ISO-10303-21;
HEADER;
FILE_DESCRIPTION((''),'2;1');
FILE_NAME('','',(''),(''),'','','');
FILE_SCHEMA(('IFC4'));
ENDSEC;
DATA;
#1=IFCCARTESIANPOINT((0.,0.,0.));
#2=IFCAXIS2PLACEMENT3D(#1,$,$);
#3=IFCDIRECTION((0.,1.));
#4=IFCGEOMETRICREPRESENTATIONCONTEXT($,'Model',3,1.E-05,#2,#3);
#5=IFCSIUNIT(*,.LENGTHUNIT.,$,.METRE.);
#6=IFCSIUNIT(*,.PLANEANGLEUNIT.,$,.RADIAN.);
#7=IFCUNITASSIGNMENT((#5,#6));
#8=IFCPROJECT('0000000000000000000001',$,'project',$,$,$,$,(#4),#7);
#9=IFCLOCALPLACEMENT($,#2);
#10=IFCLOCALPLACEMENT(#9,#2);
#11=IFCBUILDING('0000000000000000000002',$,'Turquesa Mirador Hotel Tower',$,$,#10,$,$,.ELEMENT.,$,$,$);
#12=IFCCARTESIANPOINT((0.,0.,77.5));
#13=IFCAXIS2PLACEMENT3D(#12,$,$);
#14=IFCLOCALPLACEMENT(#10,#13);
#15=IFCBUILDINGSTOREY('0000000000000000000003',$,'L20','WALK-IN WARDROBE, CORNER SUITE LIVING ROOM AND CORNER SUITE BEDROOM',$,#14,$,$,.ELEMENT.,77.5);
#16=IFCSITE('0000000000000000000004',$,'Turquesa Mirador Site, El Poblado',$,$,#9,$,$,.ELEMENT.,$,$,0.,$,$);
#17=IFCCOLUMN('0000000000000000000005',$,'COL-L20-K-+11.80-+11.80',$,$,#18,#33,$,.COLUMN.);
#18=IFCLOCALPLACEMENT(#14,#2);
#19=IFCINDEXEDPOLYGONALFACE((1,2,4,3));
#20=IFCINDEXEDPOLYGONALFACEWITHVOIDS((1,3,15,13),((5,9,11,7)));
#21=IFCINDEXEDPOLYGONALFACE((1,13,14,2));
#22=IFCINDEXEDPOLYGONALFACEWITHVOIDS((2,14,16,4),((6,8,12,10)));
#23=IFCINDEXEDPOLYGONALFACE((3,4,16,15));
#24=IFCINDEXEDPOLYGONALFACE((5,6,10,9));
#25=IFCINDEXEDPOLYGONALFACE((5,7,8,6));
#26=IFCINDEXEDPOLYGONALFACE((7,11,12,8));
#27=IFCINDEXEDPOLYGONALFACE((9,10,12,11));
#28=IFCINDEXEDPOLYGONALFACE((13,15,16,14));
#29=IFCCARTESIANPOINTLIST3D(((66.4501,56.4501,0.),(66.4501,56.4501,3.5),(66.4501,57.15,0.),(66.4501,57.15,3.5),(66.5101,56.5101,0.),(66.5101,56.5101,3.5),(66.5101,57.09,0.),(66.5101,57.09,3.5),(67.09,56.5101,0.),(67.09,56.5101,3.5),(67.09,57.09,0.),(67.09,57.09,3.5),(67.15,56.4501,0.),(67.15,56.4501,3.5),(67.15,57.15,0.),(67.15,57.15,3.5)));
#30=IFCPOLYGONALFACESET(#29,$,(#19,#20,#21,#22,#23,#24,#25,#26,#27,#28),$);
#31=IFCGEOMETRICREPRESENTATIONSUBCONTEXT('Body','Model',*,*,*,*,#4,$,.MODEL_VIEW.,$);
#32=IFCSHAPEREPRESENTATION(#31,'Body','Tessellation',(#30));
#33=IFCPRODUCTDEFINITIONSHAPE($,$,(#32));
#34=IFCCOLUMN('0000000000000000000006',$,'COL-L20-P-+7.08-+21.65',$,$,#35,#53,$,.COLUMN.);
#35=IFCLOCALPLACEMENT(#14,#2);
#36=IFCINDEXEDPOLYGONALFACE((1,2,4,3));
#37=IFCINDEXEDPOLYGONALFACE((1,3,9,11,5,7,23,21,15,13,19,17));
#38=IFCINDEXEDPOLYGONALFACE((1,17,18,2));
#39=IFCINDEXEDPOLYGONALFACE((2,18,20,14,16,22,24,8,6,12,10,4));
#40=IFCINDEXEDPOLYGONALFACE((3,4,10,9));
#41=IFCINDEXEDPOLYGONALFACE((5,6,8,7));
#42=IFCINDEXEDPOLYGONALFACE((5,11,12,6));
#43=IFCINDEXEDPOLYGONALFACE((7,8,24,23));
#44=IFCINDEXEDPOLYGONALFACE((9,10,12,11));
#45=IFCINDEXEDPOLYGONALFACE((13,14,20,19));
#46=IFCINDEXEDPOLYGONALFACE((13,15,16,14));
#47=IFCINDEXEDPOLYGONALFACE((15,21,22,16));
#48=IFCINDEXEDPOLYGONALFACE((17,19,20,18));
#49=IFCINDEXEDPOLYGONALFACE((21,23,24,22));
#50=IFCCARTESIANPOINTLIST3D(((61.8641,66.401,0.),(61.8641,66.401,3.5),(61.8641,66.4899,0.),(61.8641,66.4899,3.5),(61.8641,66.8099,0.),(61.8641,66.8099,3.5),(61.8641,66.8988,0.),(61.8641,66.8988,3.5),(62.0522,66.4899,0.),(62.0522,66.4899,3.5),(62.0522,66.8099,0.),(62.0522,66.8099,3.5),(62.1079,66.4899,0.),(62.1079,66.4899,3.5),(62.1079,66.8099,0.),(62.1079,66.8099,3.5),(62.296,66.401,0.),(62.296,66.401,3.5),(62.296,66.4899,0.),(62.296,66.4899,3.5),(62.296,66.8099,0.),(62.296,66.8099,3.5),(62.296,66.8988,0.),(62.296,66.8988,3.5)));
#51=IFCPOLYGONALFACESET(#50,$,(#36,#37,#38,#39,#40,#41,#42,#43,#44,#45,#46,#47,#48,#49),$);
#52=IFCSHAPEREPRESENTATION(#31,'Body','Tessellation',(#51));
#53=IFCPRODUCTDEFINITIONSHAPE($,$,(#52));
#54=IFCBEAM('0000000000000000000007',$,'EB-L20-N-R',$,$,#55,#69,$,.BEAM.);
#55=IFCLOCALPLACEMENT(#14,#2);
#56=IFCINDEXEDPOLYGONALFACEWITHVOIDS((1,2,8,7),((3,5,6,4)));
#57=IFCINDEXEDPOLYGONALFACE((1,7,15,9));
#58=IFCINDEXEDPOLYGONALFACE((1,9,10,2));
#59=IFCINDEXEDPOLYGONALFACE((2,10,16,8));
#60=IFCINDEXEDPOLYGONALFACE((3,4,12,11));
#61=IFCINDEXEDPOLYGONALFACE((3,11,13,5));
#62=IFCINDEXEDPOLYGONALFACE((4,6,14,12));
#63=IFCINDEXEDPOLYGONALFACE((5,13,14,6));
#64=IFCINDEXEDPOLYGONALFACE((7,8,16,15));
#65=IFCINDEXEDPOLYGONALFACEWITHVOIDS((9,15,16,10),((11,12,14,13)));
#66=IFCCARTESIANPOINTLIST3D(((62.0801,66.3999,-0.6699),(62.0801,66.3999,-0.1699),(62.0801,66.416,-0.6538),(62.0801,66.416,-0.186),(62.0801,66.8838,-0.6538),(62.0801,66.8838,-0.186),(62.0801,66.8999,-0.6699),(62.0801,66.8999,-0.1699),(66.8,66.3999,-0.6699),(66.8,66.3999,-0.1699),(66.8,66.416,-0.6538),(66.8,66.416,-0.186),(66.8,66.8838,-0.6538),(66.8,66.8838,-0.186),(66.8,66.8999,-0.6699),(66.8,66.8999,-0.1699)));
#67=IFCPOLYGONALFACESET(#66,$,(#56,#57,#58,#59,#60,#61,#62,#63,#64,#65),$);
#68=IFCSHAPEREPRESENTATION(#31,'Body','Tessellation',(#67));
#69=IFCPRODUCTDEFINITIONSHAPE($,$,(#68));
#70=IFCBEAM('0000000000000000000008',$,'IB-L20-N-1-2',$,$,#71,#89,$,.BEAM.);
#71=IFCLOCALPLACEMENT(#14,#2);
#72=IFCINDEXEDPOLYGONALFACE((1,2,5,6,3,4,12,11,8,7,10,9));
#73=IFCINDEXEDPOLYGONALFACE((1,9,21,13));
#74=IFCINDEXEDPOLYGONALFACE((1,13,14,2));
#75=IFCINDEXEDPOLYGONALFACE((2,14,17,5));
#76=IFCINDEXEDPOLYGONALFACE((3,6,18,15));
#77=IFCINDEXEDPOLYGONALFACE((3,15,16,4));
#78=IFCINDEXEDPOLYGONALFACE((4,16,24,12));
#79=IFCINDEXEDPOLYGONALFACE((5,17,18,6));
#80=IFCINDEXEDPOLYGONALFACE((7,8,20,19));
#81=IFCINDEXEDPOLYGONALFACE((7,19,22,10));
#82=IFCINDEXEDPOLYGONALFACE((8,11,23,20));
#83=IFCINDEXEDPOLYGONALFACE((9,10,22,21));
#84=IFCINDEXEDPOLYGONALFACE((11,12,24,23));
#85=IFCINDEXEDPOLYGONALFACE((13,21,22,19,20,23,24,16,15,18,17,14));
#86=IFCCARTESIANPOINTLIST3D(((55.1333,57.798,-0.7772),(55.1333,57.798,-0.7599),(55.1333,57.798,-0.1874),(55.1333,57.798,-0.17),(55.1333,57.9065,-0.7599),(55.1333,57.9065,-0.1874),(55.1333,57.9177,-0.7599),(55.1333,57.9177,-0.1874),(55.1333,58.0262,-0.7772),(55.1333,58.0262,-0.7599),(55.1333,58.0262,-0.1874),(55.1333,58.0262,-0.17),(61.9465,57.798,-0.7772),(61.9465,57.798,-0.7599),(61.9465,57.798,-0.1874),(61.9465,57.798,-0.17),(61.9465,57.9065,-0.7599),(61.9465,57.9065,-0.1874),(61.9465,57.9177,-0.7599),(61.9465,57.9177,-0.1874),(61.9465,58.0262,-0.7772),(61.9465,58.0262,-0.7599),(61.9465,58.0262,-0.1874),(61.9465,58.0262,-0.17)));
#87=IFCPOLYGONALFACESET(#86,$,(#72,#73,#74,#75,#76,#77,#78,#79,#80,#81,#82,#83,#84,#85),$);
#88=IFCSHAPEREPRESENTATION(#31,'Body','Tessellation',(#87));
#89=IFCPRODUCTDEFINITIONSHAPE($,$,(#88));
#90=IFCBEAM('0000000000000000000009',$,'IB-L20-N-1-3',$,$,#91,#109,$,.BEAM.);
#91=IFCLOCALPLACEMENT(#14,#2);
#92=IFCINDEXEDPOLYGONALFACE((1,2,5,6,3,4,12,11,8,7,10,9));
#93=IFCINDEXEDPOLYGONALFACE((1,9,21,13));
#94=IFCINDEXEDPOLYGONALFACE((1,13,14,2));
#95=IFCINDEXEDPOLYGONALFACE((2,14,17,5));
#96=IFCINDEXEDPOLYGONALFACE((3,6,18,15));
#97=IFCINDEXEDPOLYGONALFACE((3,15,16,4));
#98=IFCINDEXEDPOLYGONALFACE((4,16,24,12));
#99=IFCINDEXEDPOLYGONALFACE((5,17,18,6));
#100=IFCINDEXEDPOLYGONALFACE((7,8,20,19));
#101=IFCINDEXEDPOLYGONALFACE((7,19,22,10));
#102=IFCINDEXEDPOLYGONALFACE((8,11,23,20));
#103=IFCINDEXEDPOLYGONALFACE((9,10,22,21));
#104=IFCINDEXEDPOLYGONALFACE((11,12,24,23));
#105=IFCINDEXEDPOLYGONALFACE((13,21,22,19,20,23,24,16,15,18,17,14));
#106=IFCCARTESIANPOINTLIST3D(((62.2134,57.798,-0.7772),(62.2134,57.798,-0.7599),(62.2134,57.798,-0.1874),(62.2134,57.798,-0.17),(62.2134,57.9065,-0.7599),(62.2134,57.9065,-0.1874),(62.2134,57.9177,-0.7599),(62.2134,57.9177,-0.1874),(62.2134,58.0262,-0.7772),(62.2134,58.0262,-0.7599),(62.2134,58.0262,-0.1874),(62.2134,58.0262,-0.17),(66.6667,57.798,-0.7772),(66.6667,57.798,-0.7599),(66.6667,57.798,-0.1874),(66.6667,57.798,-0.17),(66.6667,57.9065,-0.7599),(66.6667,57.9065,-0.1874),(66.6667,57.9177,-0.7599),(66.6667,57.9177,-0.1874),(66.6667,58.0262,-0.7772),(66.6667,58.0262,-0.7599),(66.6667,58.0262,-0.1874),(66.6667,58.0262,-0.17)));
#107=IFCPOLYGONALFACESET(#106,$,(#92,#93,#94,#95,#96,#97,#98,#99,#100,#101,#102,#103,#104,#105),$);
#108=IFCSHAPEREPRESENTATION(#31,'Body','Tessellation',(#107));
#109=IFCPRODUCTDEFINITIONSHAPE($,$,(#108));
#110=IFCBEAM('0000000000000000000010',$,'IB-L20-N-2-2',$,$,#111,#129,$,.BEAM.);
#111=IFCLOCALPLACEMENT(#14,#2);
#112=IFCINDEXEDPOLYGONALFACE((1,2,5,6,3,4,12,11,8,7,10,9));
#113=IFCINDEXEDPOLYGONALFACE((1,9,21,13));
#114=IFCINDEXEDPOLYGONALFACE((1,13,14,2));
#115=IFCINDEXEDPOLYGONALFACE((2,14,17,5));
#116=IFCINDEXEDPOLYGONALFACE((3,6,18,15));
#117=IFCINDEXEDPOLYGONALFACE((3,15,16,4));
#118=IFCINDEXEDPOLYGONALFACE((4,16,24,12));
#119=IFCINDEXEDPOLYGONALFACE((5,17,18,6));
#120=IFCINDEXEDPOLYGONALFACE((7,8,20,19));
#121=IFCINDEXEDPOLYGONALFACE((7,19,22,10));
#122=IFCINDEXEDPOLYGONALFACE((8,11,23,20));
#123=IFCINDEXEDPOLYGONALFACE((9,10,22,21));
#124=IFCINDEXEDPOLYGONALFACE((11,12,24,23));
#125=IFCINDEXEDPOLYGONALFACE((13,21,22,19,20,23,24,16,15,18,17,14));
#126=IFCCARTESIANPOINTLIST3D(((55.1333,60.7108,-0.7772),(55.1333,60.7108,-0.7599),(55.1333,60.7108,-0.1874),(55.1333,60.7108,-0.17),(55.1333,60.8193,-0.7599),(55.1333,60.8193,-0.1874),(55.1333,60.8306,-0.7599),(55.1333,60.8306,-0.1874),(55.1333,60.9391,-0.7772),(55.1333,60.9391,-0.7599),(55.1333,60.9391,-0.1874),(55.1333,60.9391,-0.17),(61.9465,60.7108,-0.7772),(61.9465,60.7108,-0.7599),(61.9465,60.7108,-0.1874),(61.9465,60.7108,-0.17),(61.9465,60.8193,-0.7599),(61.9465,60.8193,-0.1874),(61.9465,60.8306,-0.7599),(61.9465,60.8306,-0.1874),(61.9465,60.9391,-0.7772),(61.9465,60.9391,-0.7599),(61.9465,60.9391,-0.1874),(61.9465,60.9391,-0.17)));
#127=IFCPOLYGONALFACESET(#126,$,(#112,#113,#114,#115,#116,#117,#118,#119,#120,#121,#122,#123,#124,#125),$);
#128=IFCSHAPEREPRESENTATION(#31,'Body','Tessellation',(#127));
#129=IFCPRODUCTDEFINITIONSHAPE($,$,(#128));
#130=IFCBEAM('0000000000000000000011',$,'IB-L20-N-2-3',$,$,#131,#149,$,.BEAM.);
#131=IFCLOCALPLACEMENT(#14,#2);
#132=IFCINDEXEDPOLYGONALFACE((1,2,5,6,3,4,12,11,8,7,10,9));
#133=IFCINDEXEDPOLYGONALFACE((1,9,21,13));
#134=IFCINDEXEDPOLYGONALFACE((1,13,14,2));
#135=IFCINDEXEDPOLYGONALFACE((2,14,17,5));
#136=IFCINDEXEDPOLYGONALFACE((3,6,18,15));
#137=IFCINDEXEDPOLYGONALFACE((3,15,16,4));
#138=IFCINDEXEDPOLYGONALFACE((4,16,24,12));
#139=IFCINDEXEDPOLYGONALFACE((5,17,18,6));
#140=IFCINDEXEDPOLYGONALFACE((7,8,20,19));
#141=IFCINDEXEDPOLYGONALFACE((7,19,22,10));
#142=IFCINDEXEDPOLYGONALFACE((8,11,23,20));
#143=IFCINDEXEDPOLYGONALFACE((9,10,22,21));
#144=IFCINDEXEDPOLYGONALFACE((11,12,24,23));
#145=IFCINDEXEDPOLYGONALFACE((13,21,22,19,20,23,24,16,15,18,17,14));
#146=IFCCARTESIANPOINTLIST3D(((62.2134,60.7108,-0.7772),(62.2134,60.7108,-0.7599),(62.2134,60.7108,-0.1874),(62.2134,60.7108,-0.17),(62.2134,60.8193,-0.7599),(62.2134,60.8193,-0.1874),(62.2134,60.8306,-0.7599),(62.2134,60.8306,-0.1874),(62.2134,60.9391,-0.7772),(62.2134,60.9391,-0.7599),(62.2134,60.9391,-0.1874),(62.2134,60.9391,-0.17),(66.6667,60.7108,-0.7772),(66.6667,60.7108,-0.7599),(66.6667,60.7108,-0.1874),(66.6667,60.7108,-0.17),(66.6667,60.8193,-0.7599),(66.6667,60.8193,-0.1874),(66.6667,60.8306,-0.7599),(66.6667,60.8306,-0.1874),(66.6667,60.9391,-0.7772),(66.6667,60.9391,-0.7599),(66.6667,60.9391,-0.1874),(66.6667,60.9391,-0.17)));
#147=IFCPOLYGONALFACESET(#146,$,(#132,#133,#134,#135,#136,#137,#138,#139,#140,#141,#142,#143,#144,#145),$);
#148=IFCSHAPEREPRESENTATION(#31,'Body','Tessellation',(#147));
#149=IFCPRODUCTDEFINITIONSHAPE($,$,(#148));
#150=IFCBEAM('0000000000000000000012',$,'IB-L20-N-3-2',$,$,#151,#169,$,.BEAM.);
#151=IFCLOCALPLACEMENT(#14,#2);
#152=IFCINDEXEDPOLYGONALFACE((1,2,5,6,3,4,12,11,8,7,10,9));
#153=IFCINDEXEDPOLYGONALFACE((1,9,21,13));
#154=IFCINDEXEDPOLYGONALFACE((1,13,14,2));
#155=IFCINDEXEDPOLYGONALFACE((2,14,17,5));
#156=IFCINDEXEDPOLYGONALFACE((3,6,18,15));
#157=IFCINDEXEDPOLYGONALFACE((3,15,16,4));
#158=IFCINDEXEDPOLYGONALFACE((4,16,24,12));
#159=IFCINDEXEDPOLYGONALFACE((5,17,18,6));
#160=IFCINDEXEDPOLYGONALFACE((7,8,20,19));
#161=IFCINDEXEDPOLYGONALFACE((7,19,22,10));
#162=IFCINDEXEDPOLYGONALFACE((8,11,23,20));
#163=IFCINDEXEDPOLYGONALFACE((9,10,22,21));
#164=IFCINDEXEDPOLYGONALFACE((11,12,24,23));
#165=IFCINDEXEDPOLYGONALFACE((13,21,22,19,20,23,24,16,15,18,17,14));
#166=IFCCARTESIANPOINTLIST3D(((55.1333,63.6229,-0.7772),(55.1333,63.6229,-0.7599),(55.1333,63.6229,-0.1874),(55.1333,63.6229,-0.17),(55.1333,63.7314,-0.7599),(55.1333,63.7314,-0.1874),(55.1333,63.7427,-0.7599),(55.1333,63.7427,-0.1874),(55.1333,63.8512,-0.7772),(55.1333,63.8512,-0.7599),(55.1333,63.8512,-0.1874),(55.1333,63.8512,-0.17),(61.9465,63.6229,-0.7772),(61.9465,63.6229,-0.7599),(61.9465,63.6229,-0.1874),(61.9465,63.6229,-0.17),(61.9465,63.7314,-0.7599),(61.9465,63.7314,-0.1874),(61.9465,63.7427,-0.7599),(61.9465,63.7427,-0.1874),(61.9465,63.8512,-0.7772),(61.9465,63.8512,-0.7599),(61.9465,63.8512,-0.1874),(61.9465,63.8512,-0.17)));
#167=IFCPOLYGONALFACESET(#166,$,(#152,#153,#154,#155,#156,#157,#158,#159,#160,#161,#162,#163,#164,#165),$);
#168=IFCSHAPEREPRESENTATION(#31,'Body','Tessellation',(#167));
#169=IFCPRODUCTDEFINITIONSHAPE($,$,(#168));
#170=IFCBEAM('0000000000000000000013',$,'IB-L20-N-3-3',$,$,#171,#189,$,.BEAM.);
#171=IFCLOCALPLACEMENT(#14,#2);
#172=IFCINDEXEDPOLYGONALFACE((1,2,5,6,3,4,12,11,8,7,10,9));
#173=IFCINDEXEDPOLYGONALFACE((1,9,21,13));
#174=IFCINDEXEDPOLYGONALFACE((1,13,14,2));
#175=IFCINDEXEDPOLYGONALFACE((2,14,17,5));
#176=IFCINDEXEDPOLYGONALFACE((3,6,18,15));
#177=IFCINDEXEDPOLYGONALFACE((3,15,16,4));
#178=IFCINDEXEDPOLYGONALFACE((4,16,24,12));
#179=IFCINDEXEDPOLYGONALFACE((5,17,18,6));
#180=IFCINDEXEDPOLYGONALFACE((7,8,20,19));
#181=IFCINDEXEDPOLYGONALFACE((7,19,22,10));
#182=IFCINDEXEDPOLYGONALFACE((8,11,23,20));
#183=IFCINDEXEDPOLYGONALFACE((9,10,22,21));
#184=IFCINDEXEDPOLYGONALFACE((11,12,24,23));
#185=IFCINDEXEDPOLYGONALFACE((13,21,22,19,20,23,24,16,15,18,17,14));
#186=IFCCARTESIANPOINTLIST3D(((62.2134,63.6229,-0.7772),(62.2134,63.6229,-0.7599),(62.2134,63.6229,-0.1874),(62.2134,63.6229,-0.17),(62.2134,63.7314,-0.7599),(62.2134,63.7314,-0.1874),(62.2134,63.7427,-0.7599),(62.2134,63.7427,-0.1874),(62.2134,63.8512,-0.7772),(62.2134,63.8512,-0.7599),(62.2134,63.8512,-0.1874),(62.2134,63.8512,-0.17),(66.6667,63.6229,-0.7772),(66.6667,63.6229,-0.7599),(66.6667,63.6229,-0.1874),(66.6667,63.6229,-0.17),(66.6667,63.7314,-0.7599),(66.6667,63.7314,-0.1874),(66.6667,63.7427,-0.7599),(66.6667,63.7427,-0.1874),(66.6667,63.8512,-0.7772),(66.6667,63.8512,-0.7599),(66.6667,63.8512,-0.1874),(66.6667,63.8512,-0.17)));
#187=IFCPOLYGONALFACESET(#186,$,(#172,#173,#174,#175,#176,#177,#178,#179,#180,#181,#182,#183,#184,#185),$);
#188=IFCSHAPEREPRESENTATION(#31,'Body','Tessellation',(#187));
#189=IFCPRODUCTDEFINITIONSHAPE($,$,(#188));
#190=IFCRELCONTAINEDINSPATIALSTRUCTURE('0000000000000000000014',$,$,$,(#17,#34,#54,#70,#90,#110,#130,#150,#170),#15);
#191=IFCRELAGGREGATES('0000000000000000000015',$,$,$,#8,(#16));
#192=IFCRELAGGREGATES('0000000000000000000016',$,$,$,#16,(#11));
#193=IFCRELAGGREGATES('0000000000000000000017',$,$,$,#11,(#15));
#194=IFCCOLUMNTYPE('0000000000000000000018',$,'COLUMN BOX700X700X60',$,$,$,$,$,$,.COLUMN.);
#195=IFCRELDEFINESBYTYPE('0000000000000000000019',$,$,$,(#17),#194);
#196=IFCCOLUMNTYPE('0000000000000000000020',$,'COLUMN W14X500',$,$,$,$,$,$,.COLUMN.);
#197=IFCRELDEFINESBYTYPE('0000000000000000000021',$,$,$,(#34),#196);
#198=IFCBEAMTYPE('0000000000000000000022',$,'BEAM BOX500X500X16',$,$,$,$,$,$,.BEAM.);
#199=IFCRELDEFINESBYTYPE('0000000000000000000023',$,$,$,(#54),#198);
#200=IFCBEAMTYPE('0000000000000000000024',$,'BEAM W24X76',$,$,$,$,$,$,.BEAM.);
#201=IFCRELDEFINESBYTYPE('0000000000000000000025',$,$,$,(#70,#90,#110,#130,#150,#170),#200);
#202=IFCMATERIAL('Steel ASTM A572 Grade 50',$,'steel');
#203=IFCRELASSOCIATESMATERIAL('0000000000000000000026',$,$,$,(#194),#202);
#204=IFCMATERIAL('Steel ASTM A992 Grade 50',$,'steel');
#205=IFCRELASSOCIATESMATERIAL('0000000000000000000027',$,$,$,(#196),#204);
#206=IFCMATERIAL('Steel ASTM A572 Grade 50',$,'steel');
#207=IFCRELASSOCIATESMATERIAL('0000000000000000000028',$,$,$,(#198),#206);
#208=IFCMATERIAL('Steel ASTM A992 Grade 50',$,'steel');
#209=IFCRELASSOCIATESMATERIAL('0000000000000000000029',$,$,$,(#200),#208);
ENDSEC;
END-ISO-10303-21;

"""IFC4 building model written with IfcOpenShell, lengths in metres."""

from ifc_helpers import new_model, si_unit, direction, frame, origin, origin_2d, place, context, subcontext, project, spatial, hollow_rectangle, i_section, extrude, material, material_profile, profile_set, type_object, element, save


model = new_model("IFC4")

# Units and contexts
model_context = context("Model", 3, precision=1e-05, world=origin(), true_north=direction((0.0, 1.0)))
body_context = subcontext(model_context, "Body", "Model", "MODEL_VIEW")
ifc_project = project(units=[si_unit("LENGTHUNIT", "METRE"), si_unit("PLANEANGLEUNIT", "RADIAN")], contexts=[model_context])

# Site, building, storey
site_placement = place(None, origin())
site = spatial("IfcSite", under=ifc_project, at=site_placement, Name="Turquesa Mirador Site, El Poblado", CompositionType="ELEMENT", RefElevation=0.0)
building_placement = place(site_placement, origin())
building = spatial("IfcBuilding", under=site, at=building_placement, Name="Turquesa Mirador Hotel Tower", CompositionType="ELEMENT")
storey_placement = place(building_placement, frame((0.0, 0.0, 77.5)))
storey = spatial("IfcBuildingStorey", under=building, at=storey_placement, Name="L20", Description="WALK-IN WARDROBE, CORNER SUITE LIVING ROOM AND CORNER SUITE BEDROOM", CompositionType="ELEMENT", Elevation=77.5)

# Columns
ifc_material_1 = material(Name="Steel ASTM A572 Grade 50", Category="steel")
ifc_material_profile_1 = material_profile(ifc_material_1, hollow_rectangle(XDim=0.7, YDim=0.7, WallThickness=0.0601, at=origin_2d()), Name="BOX700X700X60")
ifc_profile_set_1 = profile_set([ifc_material_profile_1], Name="Steel ASTM A572 Grade 50")
column_type_1 = type_object("IfcColumnType", Name="COLUMN BOX700X700X60", PredefinedType="COLUMN", material=ifc_profile_set_1)
column_1_placement = place(storey_placement, frame((66.8, 56.8, 0.0), z_axis=(0.0, 0.0, 1.0), x_axis=(1.0, 0.0, 0.0)))
element("IfcColumn", 1, at=column_1_placement, inside=storey, type_object=column_type_1, Name="COL-L20-K-+11.80-+11.80", PredefinedType="COLUMN", context=body_context, shape_type="SweptSolid", body=[
    extrude(hollow_rectangle(XDim=0.7, YDim=0.7, WallThickness=0.0601, at=origin_2d()), origin(), (0.0, 0.0, 1.0), 3.5),
])
ifc_material_2 = material(Name="Steel ASTM A992 Grade 50", Category="steel")
ifc_material_profile_2 = material_profile(ifc_material_2, i_section(OverallWidth=0.4319, OverallDepth=0.4978, WebThickness=0.0557, FlangeThickness=0.0889, at=origin_2d()), Name="W14X500")
ifc_profile_set_2 = profile_set([ifc_material_profile_2], Name="Steel ASTM A992 Grade 50")
column_type_2 = type_object("IfcColumnType", Name="COLUMN W14X500", PredefinedType="COLUMN", material=ifc_profile_set_2)
column_2_placement = place(storey_placement, frame((62.0801, 66.6499, 0.0), z_axis=(0.0, 0.0, 1.0), x_axis=(1.0, 0.0, 0.0)))
element("IfcColumn", 2, at=column_2_placement, inside=storey, type_object=column_type_2, Name="COL-L20-P-+7.08-+21.65", PredefinedType="COLUMN", context=body_context, shape_type="SweptSolid", body=[
    extrude(i_section(OverallWidth=0.4319, OverallDepth=0.4978, WebThickness=0.0557, FlangeThickness=0.0889, at=origin_2d()), origin(), (0.0, 0.0, 1.0), 3.5),
])

# Beams
ifc_material_3 = material(Name="Steel ASTM A572 Grade 50", Category="steel")
ifc_material_profile_3 = material_profile(ifc_material_3, hollow_rectangle(XDim=0.5, YDim=0.5, WallThickness=0.0161, at=origin_2d()), Name="BOX500X500X16")
ifc_profile_set_3 = profile_set([ifc_material_profile_3], Name="Steel ASTM A572 Grade 50")
beam_type_1 = type_object("IfcBeamType", Name="BEAM BOX500X500X16", PredefinedType="BEAM", material=ifc_profile_set_3)
beam_1_placement = place(storey_placement, frame((62.0801, 66.6499, -0.4199), z_axis=(1.0, 0.0, 0.0), x_axis=(0.0, 1.0, 0.0)))
element("IfcBeam", 3, at=beam_1_placement, inside=storey, type_object=beam_type_1, Name="EB-L20-N-R", PredefinedType="BEAM", context=body_context, shape_type="SweptSolid", body=[
    extrude(hollow_rectangle(XDim=0.5, YDim=0.5, WallThickness=0.0161, at=origin_2d()), origin(), (0.0, 0.0, 1.0), 4.72),
])
ifc_material_4 = material(Name="Steel ASTM A992 Grade 50", Category="steel")
ifc_material_profile_4 = material_profile(ifc_material_4, i_section(OverallWidth=0.2283, OverallDepth=0.6072, WebThickness=0.0112, FlangeThickness=0.0173, at=origin_2d()), Name="W24X76")
ifc_profile_set_4 = profile_set([ifc_material_profile_4], Name="Steel ASTM A992 Grade 50")
beam_type_2 = type_object("IfcBeamType", Name="BEAM W24X76", PredefinedType="BEAM", material=ifc_profile_set_4)
beam_2_placement = place(storey_placement, frame((55.1333, 57.9121, -0.4736), z_axis=(1.0, 0.0, 0.0), x_axis=(0.0, 1.0, 0.0)))
element("IfcBeam", 4, at=beam_2_placement, inside=storey, type_object=beam_type_2, Name="IB-L20-N-1-2", PredefinedType="BEAM", context=body_context, shape_type="SweptSolid", body=[
    extrude(i_section(OverallWidth=0.2283, OverallDepth=0.6072, WebThickness=0.0112, FlangeThickness=0.0173, at=origin_2d()), origin(), (0.0, 0.0, 1.0), 6.8132),
])
beam_3_placement = place(storey_placement, frame((62.2134, 57.9121, -0.4736), z_axis=(1.0, 0.0, 0.0), x_axis=(0.0, 1.0, 0.0)))
element("IfcBeam", 5, at=beam_3_placement, inside=storey, type_object=beam_type_2, Name="IB-L20-N-1-3", PredefinedType="BEAM", context=body_context, shape_type="SweptSolid", body=[
    extrude(i_section(OverallWidth=0.2283, OverallDepth=0.6072, WebThickness=0.0112, FlangeThickness=0.0173, at=origin_2d()), origin(), (0.0, 0.0, 1.0), 4.4534),
])
beam_4_placement = place(storey_placement, frame((55.1333, 60.825, -0.4736), z_axis=(1.0, 0.0, 0.0), x_axis=(0.0, 1.0, 0.0)))
element("IfcBeam", 6, at=beam_4_placement, inside=storey, type_object=beam_type_2, Name="IB-L20-N-2-2", PredefinedType="BEAM", context=body_context, shape_type="SweptSolid", body=[
    extrude(i_section(OverallWidth=0.2283, OverallDepth=0.6072, WebThickness=0.0112, FlangeThickness=0.0173, at=origin_2d()), origin(), (0.0, 0.0, 1.0), 6.8132),
])
beam_5_placement = place(storey_placement, frame((62.2134, 60.825, -0.4736), z_axis=(1.0, 0.0, 0.0), x_axis=(0.0, 1.0, 0.0)))
element("IfcBeam", 7, at=beam_5_placement, inside=storey, type_object=beam_type_2, Name="IB-L20-N-2-3", PredefinedType="BEAM", context=body_context, shape_type="SweptSolid", body=[
    extrude(i_section(OverallWidth=0.2283, OverallDepth=0.6072, WebThickness=0.0112, FlangeThickness=0.0173, at=origin_2d()), origin(), (0.0, 0.0, 1.0), 4.4534),
])
beam_6_placement = place(storey_placement, frame((55.1333, 63.7371, -0.4736), z_axis=(1.0, 0.0, 0.0), x_axis=(0.0, 1.0, 0.0)))
element("IfcBeam", 8, at=beam_6_placement, inside=storey, type_object=beam_type_2, Name="IB-L20-N-3-2", PredefinedType="BEAM", context=body_context, shape_type="SweptSolid", body=[
    extrude(i_section(OverallWidth=0.2283, OverallDepth=0.6072, WebThickness=0.0112, FlangeThickness=0.0173, at=origin_2d()), origin(), (0.0, 0.0, 1.0), 6.8132),
])
beam_7_placement = place(storey_placement, frame((62.2134, 63.7371, -0.4736), z_axis=(1.0, 0.0, 0.0), x_axis=(0.0, 1.0, 0.0)))
element("IfcBeam", 9, at=beam_7_placement, inside=storey, type_object=beam_type_2, Name="IB-L20-N-3-3", PredefinedType="BEAM", context=body_context, shape_type="SweptSolid", body=[
    extrude(i_section(OverallWidth=0.2283, OverallDepth=0.6072, WebThickness=0.0112, FlangeThickness=0.0173, at=origin_2d()), origin(), (0.0, 0.0, 1.0), 4.4534),
])

save(model, "model.ifc")
